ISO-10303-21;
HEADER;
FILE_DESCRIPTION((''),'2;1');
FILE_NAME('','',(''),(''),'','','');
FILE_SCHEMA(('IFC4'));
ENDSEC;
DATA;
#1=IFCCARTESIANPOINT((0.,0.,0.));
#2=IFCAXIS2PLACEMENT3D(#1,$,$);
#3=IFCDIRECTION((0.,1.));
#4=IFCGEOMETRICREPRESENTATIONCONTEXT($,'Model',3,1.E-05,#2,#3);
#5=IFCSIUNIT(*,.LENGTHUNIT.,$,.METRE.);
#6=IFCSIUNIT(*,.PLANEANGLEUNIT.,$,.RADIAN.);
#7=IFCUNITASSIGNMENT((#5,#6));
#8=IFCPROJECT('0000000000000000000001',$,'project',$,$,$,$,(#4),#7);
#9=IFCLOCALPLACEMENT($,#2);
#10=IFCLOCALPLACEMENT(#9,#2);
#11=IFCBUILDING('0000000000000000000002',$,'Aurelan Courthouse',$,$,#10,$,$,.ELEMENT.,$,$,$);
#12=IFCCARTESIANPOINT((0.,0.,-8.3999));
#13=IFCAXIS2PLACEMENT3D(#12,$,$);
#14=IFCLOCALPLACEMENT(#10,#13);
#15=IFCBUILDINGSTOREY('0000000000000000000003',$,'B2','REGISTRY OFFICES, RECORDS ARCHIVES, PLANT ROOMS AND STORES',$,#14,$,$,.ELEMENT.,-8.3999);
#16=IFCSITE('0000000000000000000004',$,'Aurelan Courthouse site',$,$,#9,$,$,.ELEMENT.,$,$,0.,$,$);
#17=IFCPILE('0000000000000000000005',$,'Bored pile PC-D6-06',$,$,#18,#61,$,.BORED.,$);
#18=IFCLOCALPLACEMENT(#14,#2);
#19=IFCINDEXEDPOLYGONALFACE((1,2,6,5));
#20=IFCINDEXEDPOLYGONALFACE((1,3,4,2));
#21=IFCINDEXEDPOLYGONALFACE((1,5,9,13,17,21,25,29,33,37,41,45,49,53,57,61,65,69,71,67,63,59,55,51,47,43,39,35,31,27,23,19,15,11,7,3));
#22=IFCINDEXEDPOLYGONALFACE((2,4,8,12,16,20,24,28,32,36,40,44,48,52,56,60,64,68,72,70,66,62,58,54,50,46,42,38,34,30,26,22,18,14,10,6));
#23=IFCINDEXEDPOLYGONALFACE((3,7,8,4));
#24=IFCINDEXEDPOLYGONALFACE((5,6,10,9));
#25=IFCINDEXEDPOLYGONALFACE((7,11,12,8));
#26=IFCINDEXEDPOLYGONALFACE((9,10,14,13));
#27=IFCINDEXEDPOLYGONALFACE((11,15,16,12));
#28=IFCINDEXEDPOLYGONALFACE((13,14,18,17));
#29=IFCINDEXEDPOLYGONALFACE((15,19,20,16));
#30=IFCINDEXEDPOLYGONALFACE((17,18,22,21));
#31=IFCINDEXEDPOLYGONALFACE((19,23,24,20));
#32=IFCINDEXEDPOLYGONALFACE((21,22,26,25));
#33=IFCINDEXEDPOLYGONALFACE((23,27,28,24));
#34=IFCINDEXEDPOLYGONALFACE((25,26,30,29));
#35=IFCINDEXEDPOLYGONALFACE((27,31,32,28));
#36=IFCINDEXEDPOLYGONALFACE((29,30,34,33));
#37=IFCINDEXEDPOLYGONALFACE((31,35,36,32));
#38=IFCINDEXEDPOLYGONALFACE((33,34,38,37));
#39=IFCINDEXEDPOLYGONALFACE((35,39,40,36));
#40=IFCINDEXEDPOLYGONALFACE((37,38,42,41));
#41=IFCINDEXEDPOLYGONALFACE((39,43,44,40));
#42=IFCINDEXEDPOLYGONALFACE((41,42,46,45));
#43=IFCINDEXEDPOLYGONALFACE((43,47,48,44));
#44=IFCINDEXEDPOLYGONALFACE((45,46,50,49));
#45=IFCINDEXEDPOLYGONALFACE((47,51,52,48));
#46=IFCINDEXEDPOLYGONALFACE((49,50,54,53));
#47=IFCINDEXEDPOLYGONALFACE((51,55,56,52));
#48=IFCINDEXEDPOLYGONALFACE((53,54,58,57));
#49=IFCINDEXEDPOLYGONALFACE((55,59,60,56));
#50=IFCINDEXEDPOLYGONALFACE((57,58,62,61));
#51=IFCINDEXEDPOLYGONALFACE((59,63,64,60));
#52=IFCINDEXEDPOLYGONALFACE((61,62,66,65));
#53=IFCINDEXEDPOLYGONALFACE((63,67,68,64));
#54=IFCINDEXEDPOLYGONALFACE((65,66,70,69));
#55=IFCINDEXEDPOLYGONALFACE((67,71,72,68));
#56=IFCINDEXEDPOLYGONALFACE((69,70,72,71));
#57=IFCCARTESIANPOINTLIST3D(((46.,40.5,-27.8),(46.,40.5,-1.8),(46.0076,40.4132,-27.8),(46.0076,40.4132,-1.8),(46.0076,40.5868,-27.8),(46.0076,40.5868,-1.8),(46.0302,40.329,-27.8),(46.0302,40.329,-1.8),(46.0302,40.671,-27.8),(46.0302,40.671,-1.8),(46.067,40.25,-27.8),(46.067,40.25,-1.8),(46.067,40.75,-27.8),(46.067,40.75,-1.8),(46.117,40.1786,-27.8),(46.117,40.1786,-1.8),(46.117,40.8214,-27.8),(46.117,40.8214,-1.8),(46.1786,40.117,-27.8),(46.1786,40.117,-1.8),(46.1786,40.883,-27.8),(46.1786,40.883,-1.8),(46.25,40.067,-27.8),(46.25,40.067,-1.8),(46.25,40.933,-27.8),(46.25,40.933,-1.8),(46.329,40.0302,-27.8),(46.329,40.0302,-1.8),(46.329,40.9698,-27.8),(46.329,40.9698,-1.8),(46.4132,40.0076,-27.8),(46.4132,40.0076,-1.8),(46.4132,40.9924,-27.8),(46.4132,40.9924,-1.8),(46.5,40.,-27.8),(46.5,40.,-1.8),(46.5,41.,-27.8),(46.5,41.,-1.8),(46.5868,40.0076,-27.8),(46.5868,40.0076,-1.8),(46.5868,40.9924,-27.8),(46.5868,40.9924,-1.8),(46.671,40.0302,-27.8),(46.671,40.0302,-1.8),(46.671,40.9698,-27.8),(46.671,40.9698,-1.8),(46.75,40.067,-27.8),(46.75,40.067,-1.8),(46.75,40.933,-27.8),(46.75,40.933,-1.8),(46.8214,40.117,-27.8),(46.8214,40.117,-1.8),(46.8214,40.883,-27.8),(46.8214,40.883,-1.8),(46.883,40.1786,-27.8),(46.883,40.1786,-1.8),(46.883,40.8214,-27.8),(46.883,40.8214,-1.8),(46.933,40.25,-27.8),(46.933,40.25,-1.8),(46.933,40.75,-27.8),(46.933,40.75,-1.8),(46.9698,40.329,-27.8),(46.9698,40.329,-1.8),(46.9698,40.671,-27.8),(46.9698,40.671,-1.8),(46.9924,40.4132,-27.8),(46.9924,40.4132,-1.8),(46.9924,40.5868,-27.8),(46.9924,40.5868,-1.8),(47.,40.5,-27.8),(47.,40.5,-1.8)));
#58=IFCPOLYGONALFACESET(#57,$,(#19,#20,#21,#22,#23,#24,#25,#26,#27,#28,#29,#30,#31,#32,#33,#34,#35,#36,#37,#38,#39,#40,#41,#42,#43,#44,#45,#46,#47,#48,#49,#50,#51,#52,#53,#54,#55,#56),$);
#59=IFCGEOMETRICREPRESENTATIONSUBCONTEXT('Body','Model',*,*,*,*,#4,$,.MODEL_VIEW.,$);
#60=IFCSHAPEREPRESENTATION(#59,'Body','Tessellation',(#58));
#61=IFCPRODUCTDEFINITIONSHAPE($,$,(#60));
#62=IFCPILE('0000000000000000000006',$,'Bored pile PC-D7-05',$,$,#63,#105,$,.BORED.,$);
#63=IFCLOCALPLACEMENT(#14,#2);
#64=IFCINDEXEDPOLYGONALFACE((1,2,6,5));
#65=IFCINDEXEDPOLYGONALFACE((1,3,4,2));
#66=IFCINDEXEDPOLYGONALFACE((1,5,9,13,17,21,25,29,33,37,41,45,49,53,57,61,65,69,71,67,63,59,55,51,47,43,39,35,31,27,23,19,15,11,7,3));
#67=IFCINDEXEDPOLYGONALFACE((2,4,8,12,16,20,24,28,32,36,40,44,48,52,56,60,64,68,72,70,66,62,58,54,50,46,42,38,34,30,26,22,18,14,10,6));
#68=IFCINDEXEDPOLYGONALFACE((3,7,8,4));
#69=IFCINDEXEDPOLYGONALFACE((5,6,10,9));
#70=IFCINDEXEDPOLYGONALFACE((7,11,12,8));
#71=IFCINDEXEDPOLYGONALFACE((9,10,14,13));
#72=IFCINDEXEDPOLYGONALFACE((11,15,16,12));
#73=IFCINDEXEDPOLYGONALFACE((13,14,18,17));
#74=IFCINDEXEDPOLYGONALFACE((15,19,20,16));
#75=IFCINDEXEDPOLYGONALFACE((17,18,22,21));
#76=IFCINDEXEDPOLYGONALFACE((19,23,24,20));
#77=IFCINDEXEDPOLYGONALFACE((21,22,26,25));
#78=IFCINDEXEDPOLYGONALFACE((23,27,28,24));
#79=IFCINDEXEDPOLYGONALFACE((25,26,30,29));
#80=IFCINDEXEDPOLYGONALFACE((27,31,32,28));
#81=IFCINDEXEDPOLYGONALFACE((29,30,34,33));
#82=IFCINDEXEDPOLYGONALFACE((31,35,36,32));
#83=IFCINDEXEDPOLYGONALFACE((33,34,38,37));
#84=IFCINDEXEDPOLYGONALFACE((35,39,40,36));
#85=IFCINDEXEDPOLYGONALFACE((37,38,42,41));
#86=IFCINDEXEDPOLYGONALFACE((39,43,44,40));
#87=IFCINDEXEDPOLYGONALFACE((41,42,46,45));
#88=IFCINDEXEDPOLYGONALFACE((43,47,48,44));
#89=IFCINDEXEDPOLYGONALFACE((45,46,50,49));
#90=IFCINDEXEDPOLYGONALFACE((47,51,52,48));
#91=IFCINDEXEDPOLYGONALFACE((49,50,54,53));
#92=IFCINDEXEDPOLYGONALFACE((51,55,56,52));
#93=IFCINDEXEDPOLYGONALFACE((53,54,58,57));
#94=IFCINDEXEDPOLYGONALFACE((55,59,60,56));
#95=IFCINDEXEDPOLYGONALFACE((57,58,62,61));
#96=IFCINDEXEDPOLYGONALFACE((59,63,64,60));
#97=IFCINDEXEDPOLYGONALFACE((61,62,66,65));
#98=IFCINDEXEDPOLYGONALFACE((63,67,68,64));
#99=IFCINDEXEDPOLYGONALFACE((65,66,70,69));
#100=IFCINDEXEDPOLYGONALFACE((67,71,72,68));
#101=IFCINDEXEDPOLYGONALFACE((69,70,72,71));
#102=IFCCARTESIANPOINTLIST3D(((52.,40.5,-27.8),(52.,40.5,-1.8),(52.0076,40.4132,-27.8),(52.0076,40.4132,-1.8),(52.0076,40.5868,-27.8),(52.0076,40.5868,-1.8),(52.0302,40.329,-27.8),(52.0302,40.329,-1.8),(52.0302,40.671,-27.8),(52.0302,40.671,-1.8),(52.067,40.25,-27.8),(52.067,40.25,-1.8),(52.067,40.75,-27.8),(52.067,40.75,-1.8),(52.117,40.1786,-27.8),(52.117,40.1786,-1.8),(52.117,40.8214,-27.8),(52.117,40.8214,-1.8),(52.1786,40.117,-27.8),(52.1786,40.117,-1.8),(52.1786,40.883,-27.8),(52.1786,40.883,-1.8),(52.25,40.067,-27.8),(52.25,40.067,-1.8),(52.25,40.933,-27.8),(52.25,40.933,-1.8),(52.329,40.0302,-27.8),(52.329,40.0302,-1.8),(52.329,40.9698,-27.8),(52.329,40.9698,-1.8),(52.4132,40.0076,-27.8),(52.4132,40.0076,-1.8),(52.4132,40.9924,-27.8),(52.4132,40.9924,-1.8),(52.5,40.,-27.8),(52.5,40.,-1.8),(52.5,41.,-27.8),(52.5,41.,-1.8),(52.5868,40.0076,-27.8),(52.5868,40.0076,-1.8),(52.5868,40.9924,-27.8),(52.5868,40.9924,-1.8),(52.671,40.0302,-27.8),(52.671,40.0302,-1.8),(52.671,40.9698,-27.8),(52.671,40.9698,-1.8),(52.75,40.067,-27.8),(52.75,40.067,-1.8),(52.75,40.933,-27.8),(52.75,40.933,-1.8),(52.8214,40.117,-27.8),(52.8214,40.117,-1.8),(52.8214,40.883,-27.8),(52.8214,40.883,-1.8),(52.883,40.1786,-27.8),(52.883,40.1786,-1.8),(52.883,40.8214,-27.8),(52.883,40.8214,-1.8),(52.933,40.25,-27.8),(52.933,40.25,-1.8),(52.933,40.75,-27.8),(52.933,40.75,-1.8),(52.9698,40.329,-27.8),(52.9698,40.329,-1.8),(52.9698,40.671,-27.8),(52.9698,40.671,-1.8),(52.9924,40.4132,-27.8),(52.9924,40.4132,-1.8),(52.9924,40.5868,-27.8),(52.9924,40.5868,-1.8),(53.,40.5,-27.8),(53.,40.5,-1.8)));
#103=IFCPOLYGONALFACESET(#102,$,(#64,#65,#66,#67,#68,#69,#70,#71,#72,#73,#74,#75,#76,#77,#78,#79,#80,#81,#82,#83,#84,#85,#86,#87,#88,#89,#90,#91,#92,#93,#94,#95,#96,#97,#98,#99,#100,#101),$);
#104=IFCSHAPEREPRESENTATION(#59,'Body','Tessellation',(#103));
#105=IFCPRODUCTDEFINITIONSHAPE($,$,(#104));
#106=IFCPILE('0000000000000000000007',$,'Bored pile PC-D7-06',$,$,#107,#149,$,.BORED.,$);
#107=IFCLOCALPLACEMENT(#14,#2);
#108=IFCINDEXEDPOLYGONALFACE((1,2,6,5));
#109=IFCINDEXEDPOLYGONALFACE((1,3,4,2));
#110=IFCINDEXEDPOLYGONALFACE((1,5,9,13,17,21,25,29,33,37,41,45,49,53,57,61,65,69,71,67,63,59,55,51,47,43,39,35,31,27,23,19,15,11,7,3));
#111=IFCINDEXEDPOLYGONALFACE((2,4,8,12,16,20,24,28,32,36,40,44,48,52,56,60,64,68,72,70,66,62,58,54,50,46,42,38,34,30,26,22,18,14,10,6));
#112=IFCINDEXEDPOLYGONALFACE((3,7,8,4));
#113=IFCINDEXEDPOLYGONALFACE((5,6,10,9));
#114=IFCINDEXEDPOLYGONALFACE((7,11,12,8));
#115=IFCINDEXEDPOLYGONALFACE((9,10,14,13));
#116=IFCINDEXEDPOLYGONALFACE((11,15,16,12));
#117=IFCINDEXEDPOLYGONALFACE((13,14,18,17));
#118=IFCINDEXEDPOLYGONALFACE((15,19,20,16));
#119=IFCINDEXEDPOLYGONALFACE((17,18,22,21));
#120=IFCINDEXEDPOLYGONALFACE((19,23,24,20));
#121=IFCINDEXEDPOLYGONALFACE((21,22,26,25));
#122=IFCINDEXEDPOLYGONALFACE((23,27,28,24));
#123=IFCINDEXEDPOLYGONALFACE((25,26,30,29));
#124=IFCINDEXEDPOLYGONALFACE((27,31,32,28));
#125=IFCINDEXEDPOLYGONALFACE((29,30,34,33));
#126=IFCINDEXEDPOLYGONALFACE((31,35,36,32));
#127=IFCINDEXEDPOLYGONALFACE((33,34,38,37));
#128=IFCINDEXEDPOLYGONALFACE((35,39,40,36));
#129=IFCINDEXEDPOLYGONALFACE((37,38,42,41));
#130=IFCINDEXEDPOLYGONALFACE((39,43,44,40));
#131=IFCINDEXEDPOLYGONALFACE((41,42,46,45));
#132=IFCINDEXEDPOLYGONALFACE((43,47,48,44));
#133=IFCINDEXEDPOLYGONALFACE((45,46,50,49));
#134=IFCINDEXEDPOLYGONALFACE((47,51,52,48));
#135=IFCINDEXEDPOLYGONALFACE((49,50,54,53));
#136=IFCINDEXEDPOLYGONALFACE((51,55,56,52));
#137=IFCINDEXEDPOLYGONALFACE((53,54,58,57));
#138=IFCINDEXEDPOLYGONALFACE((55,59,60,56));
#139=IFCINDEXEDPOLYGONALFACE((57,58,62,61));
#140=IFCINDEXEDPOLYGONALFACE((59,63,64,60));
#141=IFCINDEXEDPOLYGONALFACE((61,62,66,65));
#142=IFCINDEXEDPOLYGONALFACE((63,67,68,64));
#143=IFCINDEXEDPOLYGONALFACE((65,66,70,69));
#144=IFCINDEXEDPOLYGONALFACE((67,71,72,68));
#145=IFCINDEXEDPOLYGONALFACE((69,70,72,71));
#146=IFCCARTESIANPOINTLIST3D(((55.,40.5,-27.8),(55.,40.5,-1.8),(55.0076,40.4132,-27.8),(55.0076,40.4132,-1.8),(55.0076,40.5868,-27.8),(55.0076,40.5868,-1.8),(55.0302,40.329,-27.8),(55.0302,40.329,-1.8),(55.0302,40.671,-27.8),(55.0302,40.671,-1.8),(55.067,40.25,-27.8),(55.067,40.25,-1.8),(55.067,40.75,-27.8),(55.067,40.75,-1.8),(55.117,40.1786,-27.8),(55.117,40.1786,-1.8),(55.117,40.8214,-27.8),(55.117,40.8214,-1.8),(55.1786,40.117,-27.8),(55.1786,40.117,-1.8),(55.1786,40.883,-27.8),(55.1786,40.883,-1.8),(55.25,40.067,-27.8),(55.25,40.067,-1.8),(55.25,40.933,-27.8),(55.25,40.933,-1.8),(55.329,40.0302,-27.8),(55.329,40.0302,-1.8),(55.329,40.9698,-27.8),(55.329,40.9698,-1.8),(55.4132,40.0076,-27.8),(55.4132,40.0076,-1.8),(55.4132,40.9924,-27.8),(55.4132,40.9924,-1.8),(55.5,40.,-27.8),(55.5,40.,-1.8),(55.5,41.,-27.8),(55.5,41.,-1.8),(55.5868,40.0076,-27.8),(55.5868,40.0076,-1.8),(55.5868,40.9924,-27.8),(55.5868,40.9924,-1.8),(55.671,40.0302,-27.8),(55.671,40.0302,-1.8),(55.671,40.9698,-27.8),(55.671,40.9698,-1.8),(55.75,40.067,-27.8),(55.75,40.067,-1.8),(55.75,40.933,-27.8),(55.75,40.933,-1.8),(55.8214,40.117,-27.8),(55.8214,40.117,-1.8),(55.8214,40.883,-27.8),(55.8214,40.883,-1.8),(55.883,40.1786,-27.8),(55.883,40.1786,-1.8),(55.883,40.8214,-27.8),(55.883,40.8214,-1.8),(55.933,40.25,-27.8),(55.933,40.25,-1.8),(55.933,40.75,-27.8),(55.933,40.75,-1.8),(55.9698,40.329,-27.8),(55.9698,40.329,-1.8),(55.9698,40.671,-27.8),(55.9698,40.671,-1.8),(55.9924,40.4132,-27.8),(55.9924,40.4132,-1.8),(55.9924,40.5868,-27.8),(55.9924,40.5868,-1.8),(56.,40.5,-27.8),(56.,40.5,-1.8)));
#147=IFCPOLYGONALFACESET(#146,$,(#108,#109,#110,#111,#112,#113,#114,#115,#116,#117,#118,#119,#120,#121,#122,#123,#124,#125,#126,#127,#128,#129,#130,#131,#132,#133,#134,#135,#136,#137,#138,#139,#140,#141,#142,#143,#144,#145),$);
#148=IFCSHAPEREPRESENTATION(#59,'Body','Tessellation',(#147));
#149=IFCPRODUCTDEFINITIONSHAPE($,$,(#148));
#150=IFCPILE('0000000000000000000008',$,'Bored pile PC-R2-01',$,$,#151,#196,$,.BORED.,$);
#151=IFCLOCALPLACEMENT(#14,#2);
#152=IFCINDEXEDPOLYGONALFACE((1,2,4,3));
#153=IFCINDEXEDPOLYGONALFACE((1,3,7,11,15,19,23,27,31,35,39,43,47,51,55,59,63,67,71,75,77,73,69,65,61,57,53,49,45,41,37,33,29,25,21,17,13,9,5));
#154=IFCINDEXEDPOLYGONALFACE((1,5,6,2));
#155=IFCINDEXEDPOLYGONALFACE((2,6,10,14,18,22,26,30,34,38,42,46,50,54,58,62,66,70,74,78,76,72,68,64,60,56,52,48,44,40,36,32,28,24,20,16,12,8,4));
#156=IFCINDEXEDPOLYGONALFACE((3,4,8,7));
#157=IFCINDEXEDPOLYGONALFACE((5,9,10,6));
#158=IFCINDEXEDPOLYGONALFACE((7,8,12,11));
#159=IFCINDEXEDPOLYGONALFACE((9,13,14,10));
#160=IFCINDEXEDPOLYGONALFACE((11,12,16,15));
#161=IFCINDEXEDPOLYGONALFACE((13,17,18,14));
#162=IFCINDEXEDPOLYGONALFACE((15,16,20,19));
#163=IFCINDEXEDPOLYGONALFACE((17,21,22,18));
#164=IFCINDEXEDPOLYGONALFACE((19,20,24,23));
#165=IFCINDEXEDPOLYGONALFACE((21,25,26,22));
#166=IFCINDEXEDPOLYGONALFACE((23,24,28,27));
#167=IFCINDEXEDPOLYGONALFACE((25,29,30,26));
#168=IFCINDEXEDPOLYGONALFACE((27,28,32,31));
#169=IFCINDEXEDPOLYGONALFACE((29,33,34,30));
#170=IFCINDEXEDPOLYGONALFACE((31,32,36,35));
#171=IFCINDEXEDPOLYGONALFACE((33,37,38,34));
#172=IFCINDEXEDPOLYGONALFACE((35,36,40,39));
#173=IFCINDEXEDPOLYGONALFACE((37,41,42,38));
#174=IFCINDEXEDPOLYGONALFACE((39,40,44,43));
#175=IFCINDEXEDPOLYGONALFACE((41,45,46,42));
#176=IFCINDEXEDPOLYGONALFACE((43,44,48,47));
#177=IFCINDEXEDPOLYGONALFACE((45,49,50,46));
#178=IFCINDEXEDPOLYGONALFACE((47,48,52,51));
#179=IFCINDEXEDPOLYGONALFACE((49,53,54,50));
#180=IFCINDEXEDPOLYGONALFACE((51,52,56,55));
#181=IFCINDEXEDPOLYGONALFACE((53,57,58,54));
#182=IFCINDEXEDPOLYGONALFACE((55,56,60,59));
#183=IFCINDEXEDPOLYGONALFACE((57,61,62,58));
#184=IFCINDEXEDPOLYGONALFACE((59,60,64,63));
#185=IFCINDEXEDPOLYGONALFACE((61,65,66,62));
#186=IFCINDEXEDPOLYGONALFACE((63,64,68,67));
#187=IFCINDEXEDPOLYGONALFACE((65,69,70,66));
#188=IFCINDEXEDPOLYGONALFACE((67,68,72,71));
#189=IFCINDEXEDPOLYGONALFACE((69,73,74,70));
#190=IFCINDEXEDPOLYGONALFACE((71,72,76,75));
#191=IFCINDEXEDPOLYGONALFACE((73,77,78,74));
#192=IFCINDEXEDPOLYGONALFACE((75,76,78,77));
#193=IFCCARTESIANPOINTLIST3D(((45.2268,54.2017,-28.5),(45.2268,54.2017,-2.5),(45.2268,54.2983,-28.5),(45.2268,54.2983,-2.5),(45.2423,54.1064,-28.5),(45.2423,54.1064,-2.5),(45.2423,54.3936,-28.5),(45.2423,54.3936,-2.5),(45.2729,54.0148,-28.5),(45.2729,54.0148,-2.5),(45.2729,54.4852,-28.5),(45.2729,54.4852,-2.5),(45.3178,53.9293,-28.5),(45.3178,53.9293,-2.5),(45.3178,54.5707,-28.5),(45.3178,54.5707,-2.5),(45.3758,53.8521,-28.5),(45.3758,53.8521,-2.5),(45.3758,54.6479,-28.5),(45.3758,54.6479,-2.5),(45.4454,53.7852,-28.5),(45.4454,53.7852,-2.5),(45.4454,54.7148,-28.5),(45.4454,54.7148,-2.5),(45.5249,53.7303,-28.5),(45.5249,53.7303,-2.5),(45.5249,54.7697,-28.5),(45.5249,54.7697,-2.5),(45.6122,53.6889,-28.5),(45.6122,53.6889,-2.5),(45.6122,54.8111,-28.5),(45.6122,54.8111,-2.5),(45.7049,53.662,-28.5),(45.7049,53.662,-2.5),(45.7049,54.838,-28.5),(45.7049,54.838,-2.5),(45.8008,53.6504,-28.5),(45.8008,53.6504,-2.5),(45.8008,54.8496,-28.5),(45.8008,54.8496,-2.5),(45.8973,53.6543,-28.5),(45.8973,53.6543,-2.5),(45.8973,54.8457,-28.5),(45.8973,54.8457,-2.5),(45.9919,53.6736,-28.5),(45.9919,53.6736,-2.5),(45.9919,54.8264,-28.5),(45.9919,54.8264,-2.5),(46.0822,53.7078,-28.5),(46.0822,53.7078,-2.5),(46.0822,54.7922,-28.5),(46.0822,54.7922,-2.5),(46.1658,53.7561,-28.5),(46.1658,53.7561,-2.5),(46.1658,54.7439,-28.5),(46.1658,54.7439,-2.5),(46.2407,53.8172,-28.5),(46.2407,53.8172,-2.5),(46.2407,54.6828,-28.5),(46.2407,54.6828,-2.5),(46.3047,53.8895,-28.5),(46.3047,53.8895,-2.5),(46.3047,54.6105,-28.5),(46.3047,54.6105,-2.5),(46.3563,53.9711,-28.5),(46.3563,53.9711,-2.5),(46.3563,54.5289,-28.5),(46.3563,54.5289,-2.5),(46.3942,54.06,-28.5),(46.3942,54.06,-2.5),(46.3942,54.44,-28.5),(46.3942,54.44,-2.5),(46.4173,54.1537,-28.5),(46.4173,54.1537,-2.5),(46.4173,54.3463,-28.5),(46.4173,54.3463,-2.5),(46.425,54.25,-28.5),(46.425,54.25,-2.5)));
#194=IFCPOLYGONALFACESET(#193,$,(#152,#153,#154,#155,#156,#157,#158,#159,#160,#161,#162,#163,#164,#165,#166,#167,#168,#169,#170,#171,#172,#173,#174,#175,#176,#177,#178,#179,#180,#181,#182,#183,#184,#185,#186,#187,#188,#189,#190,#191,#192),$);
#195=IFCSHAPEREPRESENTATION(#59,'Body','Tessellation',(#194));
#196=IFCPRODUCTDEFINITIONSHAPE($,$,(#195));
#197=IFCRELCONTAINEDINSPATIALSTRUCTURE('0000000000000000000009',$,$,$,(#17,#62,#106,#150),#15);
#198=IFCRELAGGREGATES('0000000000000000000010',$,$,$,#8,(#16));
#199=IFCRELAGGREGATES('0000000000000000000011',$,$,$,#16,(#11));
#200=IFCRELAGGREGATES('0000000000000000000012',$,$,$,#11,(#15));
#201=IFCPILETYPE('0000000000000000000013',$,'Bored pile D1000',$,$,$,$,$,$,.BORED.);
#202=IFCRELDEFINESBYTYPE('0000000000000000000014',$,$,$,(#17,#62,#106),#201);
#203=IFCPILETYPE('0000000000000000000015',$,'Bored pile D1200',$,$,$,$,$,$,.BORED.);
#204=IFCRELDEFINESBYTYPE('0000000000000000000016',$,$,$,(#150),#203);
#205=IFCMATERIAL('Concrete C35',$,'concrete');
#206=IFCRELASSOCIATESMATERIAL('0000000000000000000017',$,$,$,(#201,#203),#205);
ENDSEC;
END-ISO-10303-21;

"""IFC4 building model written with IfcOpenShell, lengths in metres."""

from ifc_helpers import new_model, si_unit, direction, frame, origin, origin_2d, place, context, subcontext, project, spatial, circle, extrude, material, material_profile, profile_set, type_object, element, save


model = new_model("IFC4")

# Units and contexts
model_context = context("Model", 3, precision=1e-05, world=origin(), true_north=direction((0.0, 1.0)))
body_context = subcontext(model_context, "Body", "Model", "MODEL_VIEW")
ifc_project = project(units=[si_unit("LENGTHUNIT", "METRE"), si_unit("PLANEANGLEUNIT", "RADIAN")], contexts=[model_context])

# Site, building, storey
site_placement = place(None, origin())
site = spatial("IfcSite", under=ifc_project, at=site_placement, Name="Aurelan Courthouse site", CompositionType="ELEMENT", RefElevation=0.0)
building_placement = place(site_placement, origin())
building = spatial("IfcBuilding", under=site, at=building_placement, Name="Aurelan Courthouse", CompositionType="ELEMENT")
storey_placement = place(building_placement, frame((0.0, 0.0, -8.3999)))
storey = spatial("IfcBuildingStorey", under=building, at=storey_placement, Name="B2", Description="REGISTRY OFFICES, RECORDS ARCHIVES, PLANT ROOMS AND STORES", CompositionType="ELEMENT", Elevation=-8.3999)

# Piles
ifc_material_1 = material(Name="Concrete C35", Category="concrete")
ifc_material_profile_1 = material_profile(ifc_material_1, circle(Radius=0.5, at=origin_2d()), Name="D1000")
ifc_profile_set_1 = profile_set([ifc_material_profile_1], Name="Concrete C35")
pile_type_1 = type_object("IfcPileType", Name="Bored pile D1000", PredefinedType="BORED", material=ifc_profile_set_1)
for number, where, z_axis, x_axis, name in (
    (1, (46.5, 40.5, -1.8), (0.0, 0.0, -1.0), (1.0, 0.0, 0.0), "Bored pile PC-D6-06"),
    (2, (52.5, 40.5, -1.8), (0.0, 0.0, -1.0), (1.0, 0.0, 0.0), "Bored pile PC-D7-05"),
    (3, (55.5, 40.5, -1.8), (0.0, 0.0, -1.0), (1.0, 0.0, 0.0), "Bored pile PC-D7-06"),
):
    element("IfcPile", number, at=place(storey_placement, frame(where, z_axis=z_axis, x_axis=x_axis)), inside=storey, type_object=pile_type_1, Name=name, PredefinedType="BORED", context=body_context, shape_type="SweptSolid", body=[
        extrude(circle(Radius=0.5, at=origin_2d()), origin(), (0.0, 0.0, 1.0), 26.0),
    ])
ifc_material_profile_2 = material_profile(ifc_material_1, circle(Radius=0.6001, at=origin_2d()), Name="D1200")
ifc_profile_set_2 = profile_set([ifc_material_profile_2], Name="Concrete C35")
pile_type_2 = type_object("IfcPileType", Name="Bored pile D1200", PredefinedType="BORED", material=ifc_profile_set_2)
for number, where, z_axis, x_axis, name in (
    (4, (45.825, 54.25, -2.5), (0.0, 0.0, -1.0), (1.0, 0.0, 0.0), "Bored pile PC-R2-01"),
):
    element("IfcPile", number, at=place(storey_placement, frame(where, z_axis=z_axis, x_axis=x_axis)), inside=storey, type_object=pile_type_2, Name=name, PredefinedType="BORED", context=body_context, shape_type="SweptSolid", body=[
        extrude(circle(Radius=0.6001, at=origin_2d()), origin(), (0.0, 0.0, 1.0), 26.0),
    ])

save(model, "model.ifc")
